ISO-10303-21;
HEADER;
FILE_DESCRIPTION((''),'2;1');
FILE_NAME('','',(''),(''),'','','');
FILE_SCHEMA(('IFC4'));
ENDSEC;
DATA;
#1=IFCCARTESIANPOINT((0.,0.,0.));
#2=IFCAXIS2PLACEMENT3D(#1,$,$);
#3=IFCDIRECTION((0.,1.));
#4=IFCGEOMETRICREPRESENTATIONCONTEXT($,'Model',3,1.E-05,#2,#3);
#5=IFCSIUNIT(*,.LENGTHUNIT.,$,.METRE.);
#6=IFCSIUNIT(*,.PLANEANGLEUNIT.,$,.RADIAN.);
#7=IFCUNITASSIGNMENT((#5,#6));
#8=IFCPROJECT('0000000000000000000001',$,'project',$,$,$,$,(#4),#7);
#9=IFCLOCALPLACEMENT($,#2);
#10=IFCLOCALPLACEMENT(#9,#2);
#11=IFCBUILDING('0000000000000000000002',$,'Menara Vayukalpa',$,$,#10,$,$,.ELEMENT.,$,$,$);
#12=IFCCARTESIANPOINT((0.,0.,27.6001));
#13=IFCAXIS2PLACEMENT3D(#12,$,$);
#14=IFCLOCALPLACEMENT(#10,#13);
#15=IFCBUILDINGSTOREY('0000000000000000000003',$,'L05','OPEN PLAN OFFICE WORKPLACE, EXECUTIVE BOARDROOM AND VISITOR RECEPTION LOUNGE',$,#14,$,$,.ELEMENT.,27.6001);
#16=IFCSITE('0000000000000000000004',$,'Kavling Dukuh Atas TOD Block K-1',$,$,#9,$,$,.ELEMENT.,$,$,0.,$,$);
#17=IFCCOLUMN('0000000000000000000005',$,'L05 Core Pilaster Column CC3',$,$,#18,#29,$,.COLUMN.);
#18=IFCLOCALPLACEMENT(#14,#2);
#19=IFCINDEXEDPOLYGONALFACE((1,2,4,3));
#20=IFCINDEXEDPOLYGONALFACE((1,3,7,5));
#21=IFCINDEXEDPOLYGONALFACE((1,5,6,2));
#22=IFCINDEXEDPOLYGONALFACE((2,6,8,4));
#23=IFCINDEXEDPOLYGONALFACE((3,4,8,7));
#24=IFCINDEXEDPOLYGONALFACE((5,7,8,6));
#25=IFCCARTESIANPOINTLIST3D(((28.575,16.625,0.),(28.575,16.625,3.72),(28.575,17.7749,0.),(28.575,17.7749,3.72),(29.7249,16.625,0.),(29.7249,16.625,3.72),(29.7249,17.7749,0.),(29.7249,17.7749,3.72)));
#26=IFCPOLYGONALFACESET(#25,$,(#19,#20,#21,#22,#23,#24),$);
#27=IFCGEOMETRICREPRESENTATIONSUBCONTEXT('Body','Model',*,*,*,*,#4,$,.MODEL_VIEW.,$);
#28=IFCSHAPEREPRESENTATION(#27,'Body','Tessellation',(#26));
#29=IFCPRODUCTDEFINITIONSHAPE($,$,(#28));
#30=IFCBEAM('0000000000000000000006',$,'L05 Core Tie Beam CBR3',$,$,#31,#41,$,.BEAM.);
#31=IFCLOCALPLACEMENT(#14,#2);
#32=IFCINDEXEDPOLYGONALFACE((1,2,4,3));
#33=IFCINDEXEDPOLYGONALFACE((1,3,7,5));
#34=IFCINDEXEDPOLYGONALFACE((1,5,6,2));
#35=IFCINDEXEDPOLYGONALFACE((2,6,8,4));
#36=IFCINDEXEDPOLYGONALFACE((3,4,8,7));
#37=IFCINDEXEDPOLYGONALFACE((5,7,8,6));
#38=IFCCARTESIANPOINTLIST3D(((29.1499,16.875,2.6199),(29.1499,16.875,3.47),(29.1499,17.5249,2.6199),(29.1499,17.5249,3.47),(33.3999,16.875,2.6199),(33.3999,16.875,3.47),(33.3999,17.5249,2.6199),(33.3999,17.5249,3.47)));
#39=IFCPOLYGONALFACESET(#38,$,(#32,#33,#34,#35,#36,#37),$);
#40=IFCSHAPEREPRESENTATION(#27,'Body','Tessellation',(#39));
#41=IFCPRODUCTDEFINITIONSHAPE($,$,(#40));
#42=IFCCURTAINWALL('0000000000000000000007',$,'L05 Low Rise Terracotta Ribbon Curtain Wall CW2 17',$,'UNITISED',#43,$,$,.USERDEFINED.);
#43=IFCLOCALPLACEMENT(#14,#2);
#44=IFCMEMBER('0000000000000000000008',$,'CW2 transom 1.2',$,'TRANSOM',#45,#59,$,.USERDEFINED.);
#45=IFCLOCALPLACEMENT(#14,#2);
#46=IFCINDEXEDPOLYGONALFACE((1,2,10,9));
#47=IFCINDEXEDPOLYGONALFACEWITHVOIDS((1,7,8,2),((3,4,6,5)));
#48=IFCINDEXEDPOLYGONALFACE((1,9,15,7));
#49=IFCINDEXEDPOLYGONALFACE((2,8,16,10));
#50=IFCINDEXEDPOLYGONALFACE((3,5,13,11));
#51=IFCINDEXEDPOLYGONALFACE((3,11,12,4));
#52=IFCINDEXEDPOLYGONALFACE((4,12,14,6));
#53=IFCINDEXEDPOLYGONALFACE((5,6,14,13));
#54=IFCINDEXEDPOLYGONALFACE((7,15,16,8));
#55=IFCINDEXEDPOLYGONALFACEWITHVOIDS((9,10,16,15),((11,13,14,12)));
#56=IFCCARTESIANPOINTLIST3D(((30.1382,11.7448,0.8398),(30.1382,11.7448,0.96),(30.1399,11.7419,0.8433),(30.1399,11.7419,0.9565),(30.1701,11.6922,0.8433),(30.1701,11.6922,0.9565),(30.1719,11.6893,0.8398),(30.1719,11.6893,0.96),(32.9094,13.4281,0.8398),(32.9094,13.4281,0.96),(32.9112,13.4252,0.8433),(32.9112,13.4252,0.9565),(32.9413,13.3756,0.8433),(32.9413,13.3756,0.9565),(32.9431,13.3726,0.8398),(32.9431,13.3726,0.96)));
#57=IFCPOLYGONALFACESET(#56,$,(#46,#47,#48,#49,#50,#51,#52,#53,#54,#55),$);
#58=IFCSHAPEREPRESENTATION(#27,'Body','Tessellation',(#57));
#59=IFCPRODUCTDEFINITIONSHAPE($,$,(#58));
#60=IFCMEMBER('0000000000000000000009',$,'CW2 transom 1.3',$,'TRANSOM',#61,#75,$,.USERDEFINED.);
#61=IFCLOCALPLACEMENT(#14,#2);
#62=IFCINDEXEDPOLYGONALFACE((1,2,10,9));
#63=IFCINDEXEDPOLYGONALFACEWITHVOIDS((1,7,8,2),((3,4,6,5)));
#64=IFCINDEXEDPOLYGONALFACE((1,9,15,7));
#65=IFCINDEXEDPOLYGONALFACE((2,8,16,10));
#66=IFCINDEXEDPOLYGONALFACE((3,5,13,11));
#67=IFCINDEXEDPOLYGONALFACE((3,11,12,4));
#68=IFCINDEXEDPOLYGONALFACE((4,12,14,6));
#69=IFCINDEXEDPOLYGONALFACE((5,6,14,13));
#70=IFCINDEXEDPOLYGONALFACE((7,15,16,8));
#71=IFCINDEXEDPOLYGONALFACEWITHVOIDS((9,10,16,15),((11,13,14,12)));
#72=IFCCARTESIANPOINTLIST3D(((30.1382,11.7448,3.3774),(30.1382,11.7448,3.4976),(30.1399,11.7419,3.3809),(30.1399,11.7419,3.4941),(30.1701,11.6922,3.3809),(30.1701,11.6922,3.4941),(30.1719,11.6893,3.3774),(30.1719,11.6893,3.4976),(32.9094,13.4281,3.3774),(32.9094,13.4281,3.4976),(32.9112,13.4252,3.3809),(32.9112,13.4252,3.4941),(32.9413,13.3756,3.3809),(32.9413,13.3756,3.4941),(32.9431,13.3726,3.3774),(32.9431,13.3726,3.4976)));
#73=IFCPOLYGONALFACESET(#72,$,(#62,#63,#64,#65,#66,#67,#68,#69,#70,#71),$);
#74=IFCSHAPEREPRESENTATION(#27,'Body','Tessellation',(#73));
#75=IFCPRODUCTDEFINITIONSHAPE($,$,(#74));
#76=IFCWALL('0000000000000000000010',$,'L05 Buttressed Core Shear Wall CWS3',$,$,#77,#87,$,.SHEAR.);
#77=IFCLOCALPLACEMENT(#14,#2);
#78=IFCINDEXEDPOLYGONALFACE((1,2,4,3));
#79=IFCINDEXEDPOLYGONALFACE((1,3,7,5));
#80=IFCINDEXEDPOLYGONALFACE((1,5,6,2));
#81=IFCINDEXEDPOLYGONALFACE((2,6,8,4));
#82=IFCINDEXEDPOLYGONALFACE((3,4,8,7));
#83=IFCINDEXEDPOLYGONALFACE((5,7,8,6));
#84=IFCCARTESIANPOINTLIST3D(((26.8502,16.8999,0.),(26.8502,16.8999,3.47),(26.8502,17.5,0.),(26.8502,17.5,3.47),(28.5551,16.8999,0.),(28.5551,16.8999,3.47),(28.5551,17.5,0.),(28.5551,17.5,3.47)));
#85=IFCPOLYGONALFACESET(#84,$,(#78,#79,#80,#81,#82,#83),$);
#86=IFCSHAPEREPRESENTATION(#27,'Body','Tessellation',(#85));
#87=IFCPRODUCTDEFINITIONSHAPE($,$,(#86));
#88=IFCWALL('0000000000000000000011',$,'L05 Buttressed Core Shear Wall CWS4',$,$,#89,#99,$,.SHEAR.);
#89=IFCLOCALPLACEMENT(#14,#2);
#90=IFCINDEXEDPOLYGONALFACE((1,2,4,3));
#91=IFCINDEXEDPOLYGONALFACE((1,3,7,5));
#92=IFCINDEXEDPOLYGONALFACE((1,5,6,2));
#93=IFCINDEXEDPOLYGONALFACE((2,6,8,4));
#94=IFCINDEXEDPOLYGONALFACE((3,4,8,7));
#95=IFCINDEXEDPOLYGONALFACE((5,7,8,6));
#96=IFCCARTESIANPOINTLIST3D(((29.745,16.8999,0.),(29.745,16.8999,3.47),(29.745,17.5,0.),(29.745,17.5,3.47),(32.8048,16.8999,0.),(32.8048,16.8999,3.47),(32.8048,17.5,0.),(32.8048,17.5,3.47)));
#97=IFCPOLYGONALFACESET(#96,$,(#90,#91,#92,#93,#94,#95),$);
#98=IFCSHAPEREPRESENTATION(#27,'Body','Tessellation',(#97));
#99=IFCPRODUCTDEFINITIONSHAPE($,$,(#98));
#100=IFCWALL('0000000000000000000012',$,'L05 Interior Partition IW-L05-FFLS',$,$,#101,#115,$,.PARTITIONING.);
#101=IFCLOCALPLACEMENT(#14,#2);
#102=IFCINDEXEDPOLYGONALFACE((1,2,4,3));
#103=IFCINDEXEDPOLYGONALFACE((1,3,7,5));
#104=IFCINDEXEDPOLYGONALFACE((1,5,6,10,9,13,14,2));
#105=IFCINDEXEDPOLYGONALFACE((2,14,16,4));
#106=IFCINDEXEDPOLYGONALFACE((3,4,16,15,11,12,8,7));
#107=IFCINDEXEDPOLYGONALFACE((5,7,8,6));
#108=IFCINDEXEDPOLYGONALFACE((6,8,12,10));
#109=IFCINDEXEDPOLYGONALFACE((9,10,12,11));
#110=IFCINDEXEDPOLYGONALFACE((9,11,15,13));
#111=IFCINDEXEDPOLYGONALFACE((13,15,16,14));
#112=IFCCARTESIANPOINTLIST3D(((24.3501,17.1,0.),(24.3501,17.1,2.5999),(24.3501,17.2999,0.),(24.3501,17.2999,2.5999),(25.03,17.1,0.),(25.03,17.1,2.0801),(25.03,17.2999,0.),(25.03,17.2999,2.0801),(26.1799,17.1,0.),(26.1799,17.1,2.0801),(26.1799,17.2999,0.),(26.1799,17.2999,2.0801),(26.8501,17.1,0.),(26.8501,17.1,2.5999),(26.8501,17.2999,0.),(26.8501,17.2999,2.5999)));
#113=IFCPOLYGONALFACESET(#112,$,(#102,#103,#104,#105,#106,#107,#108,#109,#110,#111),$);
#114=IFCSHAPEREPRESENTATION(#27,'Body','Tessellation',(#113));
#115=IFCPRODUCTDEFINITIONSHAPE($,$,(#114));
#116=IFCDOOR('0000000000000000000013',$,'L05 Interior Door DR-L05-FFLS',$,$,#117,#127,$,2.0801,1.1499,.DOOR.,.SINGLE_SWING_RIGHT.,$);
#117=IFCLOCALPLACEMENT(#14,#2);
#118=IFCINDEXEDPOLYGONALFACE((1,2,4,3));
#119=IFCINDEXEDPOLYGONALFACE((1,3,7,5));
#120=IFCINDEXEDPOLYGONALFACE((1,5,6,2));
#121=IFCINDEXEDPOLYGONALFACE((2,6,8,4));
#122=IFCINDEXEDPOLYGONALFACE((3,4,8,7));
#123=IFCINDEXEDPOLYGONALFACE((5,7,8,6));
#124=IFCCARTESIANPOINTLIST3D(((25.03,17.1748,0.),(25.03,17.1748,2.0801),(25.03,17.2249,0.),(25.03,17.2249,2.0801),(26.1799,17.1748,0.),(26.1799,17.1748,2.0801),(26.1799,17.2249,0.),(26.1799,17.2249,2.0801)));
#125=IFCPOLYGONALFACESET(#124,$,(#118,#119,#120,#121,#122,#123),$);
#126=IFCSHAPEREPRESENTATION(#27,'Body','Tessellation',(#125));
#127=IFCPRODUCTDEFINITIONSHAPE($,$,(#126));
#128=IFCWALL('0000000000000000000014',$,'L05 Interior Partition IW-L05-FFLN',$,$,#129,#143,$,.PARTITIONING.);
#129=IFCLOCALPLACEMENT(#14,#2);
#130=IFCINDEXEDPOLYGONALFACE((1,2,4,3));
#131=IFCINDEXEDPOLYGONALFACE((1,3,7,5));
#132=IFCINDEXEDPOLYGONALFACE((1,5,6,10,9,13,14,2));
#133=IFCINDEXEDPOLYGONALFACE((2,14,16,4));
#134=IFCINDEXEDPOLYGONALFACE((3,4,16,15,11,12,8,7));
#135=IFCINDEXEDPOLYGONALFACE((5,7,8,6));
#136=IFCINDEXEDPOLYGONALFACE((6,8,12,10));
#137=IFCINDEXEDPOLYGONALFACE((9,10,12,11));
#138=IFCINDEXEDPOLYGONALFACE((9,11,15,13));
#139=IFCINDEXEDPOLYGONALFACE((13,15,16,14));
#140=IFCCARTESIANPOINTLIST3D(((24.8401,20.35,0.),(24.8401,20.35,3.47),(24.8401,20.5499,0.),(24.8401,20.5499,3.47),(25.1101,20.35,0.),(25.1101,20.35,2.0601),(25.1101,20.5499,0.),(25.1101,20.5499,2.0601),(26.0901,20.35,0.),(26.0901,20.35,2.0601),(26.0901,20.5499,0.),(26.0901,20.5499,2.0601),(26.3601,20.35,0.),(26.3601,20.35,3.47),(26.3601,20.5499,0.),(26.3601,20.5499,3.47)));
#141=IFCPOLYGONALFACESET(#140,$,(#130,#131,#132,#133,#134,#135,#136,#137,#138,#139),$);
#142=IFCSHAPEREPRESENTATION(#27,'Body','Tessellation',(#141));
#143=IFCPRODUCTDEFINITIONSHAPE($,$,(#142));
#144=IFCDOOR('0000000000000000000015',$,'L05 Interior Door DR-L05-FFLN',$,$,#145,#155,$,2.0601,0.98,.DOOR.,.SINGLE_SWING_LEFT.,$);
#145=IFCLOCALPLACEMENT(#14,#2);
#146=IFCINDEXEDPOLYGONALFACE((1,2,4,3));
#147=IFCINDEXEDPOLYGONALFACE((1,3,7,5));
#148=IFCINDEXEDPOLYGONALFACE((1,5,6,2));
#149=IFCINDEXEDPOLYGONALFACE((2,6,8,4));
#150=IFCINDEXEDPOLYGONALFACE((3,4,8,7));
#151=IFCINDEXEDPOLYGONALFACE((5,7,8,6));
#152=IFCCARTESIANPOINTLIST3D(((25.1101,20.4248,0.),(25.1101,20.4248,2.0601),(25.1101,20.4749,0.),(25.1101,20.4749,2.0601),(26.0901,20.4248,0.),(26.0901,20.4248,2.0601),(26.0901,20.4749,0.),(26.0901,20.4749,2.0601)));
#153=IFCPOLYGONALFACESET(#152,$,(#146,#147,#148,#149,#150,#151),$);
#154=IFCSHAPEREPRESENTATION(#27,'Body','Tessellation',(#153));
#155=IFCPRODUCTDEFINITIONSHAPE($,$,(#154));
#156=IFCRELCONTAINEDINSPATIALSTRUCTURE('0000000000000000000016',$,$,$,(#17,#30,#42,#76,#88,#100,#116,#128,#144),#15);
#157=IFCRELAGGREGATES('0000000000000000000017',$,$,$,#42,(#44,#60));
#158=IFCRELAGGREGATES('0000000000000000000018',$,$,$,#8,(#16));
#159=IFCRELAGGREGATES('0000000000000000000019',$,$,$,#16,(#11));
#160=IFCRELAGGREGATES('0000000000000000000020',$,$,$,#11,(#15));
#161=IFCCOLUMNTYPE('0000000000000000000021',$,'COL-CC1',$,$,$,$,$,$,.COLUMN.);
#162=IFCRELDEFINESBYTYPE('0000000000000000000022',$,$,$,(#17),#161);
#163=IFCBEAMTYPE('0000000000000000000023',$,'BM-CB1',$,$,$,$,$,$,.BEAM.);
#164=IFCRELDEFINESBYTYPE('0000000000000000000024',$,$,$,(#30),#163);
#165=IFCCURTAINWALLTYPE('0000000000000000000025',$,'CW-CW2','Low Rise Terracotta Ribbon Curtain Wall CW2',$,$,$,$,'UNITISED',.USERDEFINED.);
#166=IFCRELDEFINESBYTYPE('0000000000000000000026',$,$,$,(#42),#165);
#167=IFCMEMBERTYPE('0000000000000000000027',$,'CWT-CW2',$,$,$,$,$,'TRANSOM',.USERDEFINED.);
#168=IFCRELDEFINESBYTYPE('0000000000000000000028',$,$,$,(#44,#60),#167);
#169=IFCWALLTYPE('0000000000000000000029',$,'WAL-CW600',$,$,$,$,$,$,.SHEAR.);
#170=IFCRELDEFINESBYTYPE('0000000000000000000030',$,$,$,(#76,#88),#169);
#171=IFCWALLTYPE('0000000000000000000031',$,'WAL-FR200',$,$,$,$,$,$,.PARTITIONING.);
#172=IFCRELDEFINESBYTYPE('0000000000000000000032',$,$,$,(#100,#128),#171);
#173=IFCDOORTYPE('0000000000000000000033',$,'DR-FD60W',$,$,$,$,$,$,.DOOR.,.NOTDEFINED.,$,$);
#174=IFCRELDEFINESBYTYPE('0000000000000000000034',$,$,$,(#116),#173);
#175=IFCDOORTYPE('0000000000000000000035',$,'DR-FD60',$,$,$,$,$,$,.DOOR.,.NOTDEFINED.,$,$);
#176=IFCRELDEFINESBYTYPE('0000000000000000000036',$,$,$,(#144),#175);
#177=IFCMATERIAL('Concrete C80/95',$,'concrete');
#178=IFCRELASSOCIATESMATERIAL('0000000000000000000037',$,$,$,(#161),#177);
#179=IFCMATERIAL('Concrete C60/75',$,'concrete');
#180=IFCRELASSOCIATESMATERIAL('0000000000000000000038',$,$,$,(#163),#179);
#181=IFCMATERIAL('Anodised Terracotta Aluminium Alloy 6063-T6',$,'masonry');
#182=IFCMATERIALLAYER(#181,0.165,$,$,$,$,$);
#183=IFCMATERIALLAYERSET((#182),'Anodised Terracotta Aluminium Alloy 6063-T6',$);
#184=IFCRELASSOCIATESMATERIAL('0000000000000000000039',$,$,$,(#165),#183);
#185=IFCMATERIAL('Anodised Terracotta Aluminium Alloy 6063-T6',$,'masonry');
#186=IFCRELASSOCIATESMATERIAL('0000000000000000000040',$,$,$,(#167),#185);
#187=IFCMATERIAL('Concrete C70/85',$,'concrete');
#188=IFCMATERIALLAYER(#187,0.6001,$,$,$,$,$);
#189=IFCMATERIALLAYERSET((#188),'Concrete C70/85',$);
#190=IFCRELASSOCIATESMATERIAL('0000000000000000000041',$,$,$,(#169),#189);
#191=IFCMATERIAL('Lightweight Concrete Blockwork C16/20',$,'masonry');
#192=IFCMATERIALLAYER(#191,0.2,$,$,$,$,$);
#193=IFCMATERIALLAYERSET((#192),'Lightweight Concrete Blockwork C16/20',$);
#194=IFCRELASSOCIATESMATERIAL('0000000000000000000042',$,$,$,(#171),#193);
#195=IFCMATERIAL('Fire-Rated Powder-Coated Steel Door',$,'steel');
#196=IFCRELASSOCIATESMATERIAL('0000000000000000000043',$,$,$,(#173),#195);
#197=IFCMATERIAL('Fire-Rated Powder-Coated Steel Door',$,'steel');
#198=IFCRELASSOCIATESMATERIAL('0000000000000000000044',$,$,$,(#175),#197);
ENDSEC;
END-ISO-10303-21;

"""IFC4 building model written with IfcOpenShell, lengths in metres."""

from ifc_helpers import new_model, si_unit, direction, frame, frame_2d, origin, origin_2d, place, context, subcontext, project, spatial, rectangle, hollow_rectangle, extrude, material, layer, layer_set, material_profile, profile_set, type_object, element, fill, aggregate, save


model = new_model("IFC4")

# Units and contexts
model_context = context("Model", 3, precision=1e-05, world=origin(), true_north=direction((0.0, 1.0)))
body_context = subcontext(model_context, "Body", "Model", "MODEL_VIEW")
ifc_project = project(units=[si_unit("LENGTHUNIT", "METRE"), si_unit("PLANEANGLEUNIT", "RADIAN")], contexts=[model_context])

# Site, building, storey
site_placement = place(None, origin())
site = spatial("IfcSite", under=ifc_project, at=site_placement, Name="Kavling Dukuh Atas TOD Block K-1", CompositionType="ELEMENT", RefElevation=0.0)
building_placement = place(site_placement, origin())
building = spatial("IfcBuilding", under=site, at=building_placement, Name="Menara Vayukalpa", CompositionType="ELEMENT")
storey_placement = place(building_placement, frame((0.0, 0.0, 27.6001)))
storey = spatial("IfcBuildingStorey", under=building, at=storey_placement, Name="L05", Description="OPEN PLAN OFFICE WORKPLACE, EXECUTIVE BOARDROOM AND VISITOR RECEPTION LOUNGE", CompositionType="ELEMENT", Elevation=27.6001)

# Column
ifc_material_1 = material(Name="Concrete C80/95", Category="concrete")
ifc_material_profile_1 = material_profile(ifc_material_1, rectangle(XDim=1.1499, YDim=1.1499, at=origin_2d()), Name="RC 1150x1150")
ifc_profile_set_1 = profile_set([ifc_material_profile_1], Name="Concrete C80/95")
column_type = type_object("IfcColumnType", Name="COL-CC1", PredefinedType="COLUMN", material=ifc_profile_set_1)
column_placement = place(storey_placement, frame((29.1499, 17.2, 0.0), z_axis=(0.0, 0.0, 1.0), x_axis=(1.0, 0.0, 0.0)))
element("IfcColumn", 1, at=column_placement, inside=storey, type_object=column_type, Name="L05 Core Pilaster Column CC3", PredefinedType="COLUMN", context=body_context, shape_type="SweptSolid", body=[
    extrude(rectangle(XDim=1.1499, YDim=1.1499, at=origin_2d()), origin(), (0.0, 0.0, 1.0), 3.72),
])

# Beam
ifc_material_2 = material(Name="Concrete C60/75", Category="concrete")
ifc_material_profile_2 = material_profile(ifc_material_2, rectangle(XDim=0.6499, YDim=0.8501, at=origin_2d()), Name="RC 650x850")
ifc_profile_set_2 = profile_set([ifc_material_profile_2], Name="Concrete C60/75")
beam_type = type_object("IfcBeamType", Name="BM-CB1", PredefinedType="BEAM", material=ifc_profile_set_2)
beam_placement = place(storey_placement, frame((29.1499, 17.2, 3.0449), z_axis=(1.0, 0.0, 0.0), x_axis=(0.0, 1.0, 0.0)))
element("IfcBeam", 2, at=beam_placement, inside=storey, type_object=beam_type, Name="L05 Core Tie Beam CBR3", PredefinedType="BEAM", context=body_context, shape_type="SweptSolid", body=[
    extrude(rectangle(XDim=0.6499, YDim=0.8501, at=origin_2d()), origin(), (0.0, 0.0, 1.0), 4.25),
])

# Curtain wall, members
ifc_material_3 = material(Name="Anodised Terracotta Aluminium Alloy 6063-T6", Category="masonry")
ifc_layer_1 = layer(ifc_material_3, 0.165)
ifc_layer_set_1 = layer_set([ifc_layer_1], Name="Anodised Terracotta Aluminium Alloy 6063-T6")
curtain_wall_type = type_object("IfcCurtainWallType", Name="CW-CW2", Description="Low Rise Terracotta Ribbon Curtain Wall CW2", ElementType="UNITISED", PredefinedType="USERDEFINED", material=ifc_layer_set_1)
curtain_wall_placement = place(storey_placement, origin())
curtain_wall = element("IfcCurtainWall", 3, at=curtain_wall_placement, inside=storey, type_object=curtain_wall_type, Name="L05 Low Rise Terracotta Ribbon Curtain Wall CW2 17", ObjectType="UNITISED", PredefinedType="USERDEFINED")
ifc_material_4 = material(Name="Anodised Terracotta Aluminium Alloy 6063-T6", Category="masonry")
ifc_material_profile_3 = material_profile(ifc_material_4, hollow_rectangle(XDim=0.0649, YDim=0.1201, WallThickness=0.0034, at=origin_2d()), Name="ALU 65x120x3.5")
ifc_profile_set_3 = profile_set([ifc_material_profile_3], Name="Anodised Terracotta Aluminium Alloy 6063-T6")
member_type = type_object("IfcMemberType", Name="CWT-CW2", ElementType="TRANSOM", PredefinedType="USERDEFINED", material=ifc_profile_set_3)
member_1_placement = place(storey_placement, frame((30.155, 11.717, 0.8999), z_axis=(0.854677, 0.519161, 0.0), x_axis=(-0.519161, 0.854677, 0.0)))
member_1 = element("IfcMember", 4, at=member_1_placement, type_object=member_type, Name="CW2 transom 1.2", ObjectType="TRANSOM", PredefinedType="USERDEFINED", context=body_context, shape_type="SweptSolid", body=[
    extrude(hollow_rectangle(XDim=0.0649, YDim=0.1201, WallThickness=0.0034, at=origin_2d()), origin(), (0.0, 0.0, 1.0), 3.2424),
])
member_2_placement = place(storey_placement, frame((30.155, 11.717, 3.4375), z_axis=(0.854677, 0.519161, 0.0), x_axis=(-0.519161, 0.854677, 0.0)))
member_2 = element("IfcMember", 5, at=member_2_placement, type_object=member_type, Name="CW2 transom 1.3", ObjectType="TRANSOM", PredefinedType="USERDEFINED", context=body_context, shape_type="SweptSolid", body=[
    extrude(hollow_rectangle(XDim=0.0649, YDim=0.1201, WallThickness=0.0034, at=origin_2d()), origin(), (0.0, 0.0, 1.0), 3.2424),
])
aggregate(curtain_wall, [member_1, member_2])

# Walls
ifc_material_5 = material(Name="Concrete C70/85", Category="concrete")
ifc_layer_2 = layer(ifc_material_5, 0.6001)
ifc_layer_set_2 = layer_set([ifc_layer_2], Name="Concrete C70/85")
wall_type_1 = type_object("IfcWallType", Name="WAL-CW600", PredefinedType="SHEAR", material=ifc_layer_set_2)
wall_1_placement = place(storey_placement, frame((26.8501, 17.2, 0.0), z_axis=(0.0, 0.0, 1.0), x_axis=(1.0, 0.0, 0.0)))
element("IfcWall", 6, at=wall_1_placement, inside=storey, type_object=wall_type_1, Name="L05 Buttressed Core Shear Wall CWS3", PredefinedType="SHEAR", context=body_context, shape_type="SweptSolid", body=[
    extrude(rectangle(XDim=1.7048, YDim=0.6001, at=frame_2d((0.8525, 0.0))), origin(), (0.0, 0.0, 1.0), 3.47),
])
wall_2_placement = place(storey_placement, frame((29.7451, 17.2, 0.0), z_axis=(0.0, 0.0, 1.0), x_axis=(1.0, 0.0, 0.0)))
element("IfcWall", 7, at=wall_2_placement, inside=storey, type_object=wall_type_1, Name="L05 Buttressed Core Shear Wall CWS4", PredefinedType="SHEAR", context=body_context, shape_type="SweptSolid", body=[
    extrude(rectangle(XDim=3.0598, YDim=0.6001, at=frame_2d((1.5298, 0.0))), origin(), (0.0, 0.0, 1.0), 3.47),
])

# Walls, openings, doors
ifc_material_6 = material(Name="Lightweight Concrete Blockwork C16/20", Category="masonry")
ifc_layer_3 = layer(ifc_material_6, 0.2)
ifc_layer_set_3 = layer_set([ifc_layer_3], Name="Lightweight Concrete Blockwork C16/20")
wall_type_2 = type_object("IfcWallType", Name="WAL-FR200", PredefinedType="PARTITIONING", material=ifc_layer_set_3)
wall_3_placement = place(storey_placement, frame((24.3501, 17.2, 0.0), z_axis=(0.0, 0.0, 1.0), x_axis=(1.0, 0.0, 0.0)))
wall_3 = element("IfcWall", 8, at=wall_3_placement, inside=storey, type_object=wall_type_2, Name="L05 Interior Partition IW-L05-FFLS", PredefinedType="PARTITIONING", context=body_context, shape_type="SweptSolid", body=[
    extrude(rectangle(XDim=2.5, YDim=0.2, at=frame_2d((1.25, 0.0))), origin(), (0.0, 0.0, 1.0), 2.5999),
])
opening_1_placement = place(wall_3_placement, frame((0.6799, 0.0, 0.0)))
opening_1 = element("IfcOpeningElement", 9, at=opening_1_placement, cuts=wall_3, PredefinedType="OPENING", context=body_context, shape_type="SweptSolid", body=[
    extrude(rectangle(XDim=1.1499, YDim=2.0801, at=frame_2d((0.575, 1.04))), frame((0.0, 0.1099, 0.0), z_axis=(0.0, -1.0, 0.0), x_axis=(1.0, 0.0, 0.0)), (0.0, 0.0, 1.0), 0.22),
])
ifc_material_7 = material(Name="Fire-Rated Powder-Coated Steel Door", Category="steel")
door_type_1 = type_object("IfcDoorType", Name="DR-FD60W", OperationType="NOTDEFINED", PredefinedType="DOOR", material=ifc_material_7)
door_1_placement = place(opening_1_placement, origin())
door_1 = element("IfcDoor", 10, at=door_1_placement, inside=storey, type_object=door_type_1, Name="L05 Interior Door DR-L05-FFLS", OperationType="SINGLE_SWING_RIGHT", OverallHeight=2.0801, OverallWidth=1.1499, PredefinedType="DOOR", context=body_context, shape_type="SweptSolid", body=[
    extrude(rectangle(XDim=1.1499, YDim=2.0801, at=frame_2d((0.575, 1.04))), frame((0.0, 0.0249, 0.0), z_axis=(0.0, -1.0, 0.0), x_axis=(1.0, 0.0, 0.0)), (0.0, 0.0, 1.0), 0.05),
])
fill(opening_1, door_1)
wall_4_placement = place(storey_placement, frame((24.8401, 20.45, 0.0), z_axis=(0.0, 0.0, 1.0), x_axis=(1.0, 0.0, 0.0)))
wall_4 = element("IfcWall", 11, at=wall_4_placement, inside=storey, type_object=wall_type_2, Name="L05 Interior Partition IW-L05-FFLN", PredefinedType="PARTITIONING", context=body_context, shape_type="SweptSolid", body=[
    extrude(rectangle(XDim=1.52, YDim=0.2, at=frame_2d((0.76, 0.0))), origin(), (0.0, 0.0, 1.0), 3.47),
])
opening_2_placement = place(wall_4_placement, frame((0.27, 0.0, 0.0)))
opening_2 = element("IfcOpeningElement", 12, at=opening_2_placement, cuts=wall_4, PredefinedType="OPENING", context=body_context, shape_type="SweptSolid", body=[
    extrude(rectangle(XDim=0.98, YDim=2.0601, at=frame_2d((0.49, 1.03))), frame((0.0, 0.1099, 0.0), z_axis=(0.0, -1.0, 0.0), x_axis=(1.0, 0.0, 0.0)), (0.0, 0.0, 1.0), 0.22),
])
ifc_material_8 = material(Name="Fire-Rated Powder-Coated Steel Door", Category="steel")
door_type_2 = type_object("IfcDoorType", Name="DR-FD60", OperationType="NOTDEFINED", PredefinedType="DOOR", material=ifc_material_8)
door_2_placement = place(opening_2_placement, origin())
door_2 = element("IfcDoor", 13, at=door_2_placement, inside=storey, type_object=door_type_2, Name="L05 Interior Door DR-L05-FFLN", OperationType="SINGLE_SWING_LEFT", OverallHeight=2.0601, OverallWidth=0.98, PredefinedType="DOOR", context=body_context, shape_type="SweptSolid", body=[
    extrude(rectangle(XDim=0.98, YDim=2.0601, at=frame_2d((0.49, 1.03))), frame((0.0, 0.0249, 0.0), z_axis=(0.0, -1.0, 0.0), x_axis=(1.0, 0.0, 0.0)), (0.0, 0.0, 1.0), 0.05),
])
fill(opening_2, door_2)

save(model, "model.ifc")
